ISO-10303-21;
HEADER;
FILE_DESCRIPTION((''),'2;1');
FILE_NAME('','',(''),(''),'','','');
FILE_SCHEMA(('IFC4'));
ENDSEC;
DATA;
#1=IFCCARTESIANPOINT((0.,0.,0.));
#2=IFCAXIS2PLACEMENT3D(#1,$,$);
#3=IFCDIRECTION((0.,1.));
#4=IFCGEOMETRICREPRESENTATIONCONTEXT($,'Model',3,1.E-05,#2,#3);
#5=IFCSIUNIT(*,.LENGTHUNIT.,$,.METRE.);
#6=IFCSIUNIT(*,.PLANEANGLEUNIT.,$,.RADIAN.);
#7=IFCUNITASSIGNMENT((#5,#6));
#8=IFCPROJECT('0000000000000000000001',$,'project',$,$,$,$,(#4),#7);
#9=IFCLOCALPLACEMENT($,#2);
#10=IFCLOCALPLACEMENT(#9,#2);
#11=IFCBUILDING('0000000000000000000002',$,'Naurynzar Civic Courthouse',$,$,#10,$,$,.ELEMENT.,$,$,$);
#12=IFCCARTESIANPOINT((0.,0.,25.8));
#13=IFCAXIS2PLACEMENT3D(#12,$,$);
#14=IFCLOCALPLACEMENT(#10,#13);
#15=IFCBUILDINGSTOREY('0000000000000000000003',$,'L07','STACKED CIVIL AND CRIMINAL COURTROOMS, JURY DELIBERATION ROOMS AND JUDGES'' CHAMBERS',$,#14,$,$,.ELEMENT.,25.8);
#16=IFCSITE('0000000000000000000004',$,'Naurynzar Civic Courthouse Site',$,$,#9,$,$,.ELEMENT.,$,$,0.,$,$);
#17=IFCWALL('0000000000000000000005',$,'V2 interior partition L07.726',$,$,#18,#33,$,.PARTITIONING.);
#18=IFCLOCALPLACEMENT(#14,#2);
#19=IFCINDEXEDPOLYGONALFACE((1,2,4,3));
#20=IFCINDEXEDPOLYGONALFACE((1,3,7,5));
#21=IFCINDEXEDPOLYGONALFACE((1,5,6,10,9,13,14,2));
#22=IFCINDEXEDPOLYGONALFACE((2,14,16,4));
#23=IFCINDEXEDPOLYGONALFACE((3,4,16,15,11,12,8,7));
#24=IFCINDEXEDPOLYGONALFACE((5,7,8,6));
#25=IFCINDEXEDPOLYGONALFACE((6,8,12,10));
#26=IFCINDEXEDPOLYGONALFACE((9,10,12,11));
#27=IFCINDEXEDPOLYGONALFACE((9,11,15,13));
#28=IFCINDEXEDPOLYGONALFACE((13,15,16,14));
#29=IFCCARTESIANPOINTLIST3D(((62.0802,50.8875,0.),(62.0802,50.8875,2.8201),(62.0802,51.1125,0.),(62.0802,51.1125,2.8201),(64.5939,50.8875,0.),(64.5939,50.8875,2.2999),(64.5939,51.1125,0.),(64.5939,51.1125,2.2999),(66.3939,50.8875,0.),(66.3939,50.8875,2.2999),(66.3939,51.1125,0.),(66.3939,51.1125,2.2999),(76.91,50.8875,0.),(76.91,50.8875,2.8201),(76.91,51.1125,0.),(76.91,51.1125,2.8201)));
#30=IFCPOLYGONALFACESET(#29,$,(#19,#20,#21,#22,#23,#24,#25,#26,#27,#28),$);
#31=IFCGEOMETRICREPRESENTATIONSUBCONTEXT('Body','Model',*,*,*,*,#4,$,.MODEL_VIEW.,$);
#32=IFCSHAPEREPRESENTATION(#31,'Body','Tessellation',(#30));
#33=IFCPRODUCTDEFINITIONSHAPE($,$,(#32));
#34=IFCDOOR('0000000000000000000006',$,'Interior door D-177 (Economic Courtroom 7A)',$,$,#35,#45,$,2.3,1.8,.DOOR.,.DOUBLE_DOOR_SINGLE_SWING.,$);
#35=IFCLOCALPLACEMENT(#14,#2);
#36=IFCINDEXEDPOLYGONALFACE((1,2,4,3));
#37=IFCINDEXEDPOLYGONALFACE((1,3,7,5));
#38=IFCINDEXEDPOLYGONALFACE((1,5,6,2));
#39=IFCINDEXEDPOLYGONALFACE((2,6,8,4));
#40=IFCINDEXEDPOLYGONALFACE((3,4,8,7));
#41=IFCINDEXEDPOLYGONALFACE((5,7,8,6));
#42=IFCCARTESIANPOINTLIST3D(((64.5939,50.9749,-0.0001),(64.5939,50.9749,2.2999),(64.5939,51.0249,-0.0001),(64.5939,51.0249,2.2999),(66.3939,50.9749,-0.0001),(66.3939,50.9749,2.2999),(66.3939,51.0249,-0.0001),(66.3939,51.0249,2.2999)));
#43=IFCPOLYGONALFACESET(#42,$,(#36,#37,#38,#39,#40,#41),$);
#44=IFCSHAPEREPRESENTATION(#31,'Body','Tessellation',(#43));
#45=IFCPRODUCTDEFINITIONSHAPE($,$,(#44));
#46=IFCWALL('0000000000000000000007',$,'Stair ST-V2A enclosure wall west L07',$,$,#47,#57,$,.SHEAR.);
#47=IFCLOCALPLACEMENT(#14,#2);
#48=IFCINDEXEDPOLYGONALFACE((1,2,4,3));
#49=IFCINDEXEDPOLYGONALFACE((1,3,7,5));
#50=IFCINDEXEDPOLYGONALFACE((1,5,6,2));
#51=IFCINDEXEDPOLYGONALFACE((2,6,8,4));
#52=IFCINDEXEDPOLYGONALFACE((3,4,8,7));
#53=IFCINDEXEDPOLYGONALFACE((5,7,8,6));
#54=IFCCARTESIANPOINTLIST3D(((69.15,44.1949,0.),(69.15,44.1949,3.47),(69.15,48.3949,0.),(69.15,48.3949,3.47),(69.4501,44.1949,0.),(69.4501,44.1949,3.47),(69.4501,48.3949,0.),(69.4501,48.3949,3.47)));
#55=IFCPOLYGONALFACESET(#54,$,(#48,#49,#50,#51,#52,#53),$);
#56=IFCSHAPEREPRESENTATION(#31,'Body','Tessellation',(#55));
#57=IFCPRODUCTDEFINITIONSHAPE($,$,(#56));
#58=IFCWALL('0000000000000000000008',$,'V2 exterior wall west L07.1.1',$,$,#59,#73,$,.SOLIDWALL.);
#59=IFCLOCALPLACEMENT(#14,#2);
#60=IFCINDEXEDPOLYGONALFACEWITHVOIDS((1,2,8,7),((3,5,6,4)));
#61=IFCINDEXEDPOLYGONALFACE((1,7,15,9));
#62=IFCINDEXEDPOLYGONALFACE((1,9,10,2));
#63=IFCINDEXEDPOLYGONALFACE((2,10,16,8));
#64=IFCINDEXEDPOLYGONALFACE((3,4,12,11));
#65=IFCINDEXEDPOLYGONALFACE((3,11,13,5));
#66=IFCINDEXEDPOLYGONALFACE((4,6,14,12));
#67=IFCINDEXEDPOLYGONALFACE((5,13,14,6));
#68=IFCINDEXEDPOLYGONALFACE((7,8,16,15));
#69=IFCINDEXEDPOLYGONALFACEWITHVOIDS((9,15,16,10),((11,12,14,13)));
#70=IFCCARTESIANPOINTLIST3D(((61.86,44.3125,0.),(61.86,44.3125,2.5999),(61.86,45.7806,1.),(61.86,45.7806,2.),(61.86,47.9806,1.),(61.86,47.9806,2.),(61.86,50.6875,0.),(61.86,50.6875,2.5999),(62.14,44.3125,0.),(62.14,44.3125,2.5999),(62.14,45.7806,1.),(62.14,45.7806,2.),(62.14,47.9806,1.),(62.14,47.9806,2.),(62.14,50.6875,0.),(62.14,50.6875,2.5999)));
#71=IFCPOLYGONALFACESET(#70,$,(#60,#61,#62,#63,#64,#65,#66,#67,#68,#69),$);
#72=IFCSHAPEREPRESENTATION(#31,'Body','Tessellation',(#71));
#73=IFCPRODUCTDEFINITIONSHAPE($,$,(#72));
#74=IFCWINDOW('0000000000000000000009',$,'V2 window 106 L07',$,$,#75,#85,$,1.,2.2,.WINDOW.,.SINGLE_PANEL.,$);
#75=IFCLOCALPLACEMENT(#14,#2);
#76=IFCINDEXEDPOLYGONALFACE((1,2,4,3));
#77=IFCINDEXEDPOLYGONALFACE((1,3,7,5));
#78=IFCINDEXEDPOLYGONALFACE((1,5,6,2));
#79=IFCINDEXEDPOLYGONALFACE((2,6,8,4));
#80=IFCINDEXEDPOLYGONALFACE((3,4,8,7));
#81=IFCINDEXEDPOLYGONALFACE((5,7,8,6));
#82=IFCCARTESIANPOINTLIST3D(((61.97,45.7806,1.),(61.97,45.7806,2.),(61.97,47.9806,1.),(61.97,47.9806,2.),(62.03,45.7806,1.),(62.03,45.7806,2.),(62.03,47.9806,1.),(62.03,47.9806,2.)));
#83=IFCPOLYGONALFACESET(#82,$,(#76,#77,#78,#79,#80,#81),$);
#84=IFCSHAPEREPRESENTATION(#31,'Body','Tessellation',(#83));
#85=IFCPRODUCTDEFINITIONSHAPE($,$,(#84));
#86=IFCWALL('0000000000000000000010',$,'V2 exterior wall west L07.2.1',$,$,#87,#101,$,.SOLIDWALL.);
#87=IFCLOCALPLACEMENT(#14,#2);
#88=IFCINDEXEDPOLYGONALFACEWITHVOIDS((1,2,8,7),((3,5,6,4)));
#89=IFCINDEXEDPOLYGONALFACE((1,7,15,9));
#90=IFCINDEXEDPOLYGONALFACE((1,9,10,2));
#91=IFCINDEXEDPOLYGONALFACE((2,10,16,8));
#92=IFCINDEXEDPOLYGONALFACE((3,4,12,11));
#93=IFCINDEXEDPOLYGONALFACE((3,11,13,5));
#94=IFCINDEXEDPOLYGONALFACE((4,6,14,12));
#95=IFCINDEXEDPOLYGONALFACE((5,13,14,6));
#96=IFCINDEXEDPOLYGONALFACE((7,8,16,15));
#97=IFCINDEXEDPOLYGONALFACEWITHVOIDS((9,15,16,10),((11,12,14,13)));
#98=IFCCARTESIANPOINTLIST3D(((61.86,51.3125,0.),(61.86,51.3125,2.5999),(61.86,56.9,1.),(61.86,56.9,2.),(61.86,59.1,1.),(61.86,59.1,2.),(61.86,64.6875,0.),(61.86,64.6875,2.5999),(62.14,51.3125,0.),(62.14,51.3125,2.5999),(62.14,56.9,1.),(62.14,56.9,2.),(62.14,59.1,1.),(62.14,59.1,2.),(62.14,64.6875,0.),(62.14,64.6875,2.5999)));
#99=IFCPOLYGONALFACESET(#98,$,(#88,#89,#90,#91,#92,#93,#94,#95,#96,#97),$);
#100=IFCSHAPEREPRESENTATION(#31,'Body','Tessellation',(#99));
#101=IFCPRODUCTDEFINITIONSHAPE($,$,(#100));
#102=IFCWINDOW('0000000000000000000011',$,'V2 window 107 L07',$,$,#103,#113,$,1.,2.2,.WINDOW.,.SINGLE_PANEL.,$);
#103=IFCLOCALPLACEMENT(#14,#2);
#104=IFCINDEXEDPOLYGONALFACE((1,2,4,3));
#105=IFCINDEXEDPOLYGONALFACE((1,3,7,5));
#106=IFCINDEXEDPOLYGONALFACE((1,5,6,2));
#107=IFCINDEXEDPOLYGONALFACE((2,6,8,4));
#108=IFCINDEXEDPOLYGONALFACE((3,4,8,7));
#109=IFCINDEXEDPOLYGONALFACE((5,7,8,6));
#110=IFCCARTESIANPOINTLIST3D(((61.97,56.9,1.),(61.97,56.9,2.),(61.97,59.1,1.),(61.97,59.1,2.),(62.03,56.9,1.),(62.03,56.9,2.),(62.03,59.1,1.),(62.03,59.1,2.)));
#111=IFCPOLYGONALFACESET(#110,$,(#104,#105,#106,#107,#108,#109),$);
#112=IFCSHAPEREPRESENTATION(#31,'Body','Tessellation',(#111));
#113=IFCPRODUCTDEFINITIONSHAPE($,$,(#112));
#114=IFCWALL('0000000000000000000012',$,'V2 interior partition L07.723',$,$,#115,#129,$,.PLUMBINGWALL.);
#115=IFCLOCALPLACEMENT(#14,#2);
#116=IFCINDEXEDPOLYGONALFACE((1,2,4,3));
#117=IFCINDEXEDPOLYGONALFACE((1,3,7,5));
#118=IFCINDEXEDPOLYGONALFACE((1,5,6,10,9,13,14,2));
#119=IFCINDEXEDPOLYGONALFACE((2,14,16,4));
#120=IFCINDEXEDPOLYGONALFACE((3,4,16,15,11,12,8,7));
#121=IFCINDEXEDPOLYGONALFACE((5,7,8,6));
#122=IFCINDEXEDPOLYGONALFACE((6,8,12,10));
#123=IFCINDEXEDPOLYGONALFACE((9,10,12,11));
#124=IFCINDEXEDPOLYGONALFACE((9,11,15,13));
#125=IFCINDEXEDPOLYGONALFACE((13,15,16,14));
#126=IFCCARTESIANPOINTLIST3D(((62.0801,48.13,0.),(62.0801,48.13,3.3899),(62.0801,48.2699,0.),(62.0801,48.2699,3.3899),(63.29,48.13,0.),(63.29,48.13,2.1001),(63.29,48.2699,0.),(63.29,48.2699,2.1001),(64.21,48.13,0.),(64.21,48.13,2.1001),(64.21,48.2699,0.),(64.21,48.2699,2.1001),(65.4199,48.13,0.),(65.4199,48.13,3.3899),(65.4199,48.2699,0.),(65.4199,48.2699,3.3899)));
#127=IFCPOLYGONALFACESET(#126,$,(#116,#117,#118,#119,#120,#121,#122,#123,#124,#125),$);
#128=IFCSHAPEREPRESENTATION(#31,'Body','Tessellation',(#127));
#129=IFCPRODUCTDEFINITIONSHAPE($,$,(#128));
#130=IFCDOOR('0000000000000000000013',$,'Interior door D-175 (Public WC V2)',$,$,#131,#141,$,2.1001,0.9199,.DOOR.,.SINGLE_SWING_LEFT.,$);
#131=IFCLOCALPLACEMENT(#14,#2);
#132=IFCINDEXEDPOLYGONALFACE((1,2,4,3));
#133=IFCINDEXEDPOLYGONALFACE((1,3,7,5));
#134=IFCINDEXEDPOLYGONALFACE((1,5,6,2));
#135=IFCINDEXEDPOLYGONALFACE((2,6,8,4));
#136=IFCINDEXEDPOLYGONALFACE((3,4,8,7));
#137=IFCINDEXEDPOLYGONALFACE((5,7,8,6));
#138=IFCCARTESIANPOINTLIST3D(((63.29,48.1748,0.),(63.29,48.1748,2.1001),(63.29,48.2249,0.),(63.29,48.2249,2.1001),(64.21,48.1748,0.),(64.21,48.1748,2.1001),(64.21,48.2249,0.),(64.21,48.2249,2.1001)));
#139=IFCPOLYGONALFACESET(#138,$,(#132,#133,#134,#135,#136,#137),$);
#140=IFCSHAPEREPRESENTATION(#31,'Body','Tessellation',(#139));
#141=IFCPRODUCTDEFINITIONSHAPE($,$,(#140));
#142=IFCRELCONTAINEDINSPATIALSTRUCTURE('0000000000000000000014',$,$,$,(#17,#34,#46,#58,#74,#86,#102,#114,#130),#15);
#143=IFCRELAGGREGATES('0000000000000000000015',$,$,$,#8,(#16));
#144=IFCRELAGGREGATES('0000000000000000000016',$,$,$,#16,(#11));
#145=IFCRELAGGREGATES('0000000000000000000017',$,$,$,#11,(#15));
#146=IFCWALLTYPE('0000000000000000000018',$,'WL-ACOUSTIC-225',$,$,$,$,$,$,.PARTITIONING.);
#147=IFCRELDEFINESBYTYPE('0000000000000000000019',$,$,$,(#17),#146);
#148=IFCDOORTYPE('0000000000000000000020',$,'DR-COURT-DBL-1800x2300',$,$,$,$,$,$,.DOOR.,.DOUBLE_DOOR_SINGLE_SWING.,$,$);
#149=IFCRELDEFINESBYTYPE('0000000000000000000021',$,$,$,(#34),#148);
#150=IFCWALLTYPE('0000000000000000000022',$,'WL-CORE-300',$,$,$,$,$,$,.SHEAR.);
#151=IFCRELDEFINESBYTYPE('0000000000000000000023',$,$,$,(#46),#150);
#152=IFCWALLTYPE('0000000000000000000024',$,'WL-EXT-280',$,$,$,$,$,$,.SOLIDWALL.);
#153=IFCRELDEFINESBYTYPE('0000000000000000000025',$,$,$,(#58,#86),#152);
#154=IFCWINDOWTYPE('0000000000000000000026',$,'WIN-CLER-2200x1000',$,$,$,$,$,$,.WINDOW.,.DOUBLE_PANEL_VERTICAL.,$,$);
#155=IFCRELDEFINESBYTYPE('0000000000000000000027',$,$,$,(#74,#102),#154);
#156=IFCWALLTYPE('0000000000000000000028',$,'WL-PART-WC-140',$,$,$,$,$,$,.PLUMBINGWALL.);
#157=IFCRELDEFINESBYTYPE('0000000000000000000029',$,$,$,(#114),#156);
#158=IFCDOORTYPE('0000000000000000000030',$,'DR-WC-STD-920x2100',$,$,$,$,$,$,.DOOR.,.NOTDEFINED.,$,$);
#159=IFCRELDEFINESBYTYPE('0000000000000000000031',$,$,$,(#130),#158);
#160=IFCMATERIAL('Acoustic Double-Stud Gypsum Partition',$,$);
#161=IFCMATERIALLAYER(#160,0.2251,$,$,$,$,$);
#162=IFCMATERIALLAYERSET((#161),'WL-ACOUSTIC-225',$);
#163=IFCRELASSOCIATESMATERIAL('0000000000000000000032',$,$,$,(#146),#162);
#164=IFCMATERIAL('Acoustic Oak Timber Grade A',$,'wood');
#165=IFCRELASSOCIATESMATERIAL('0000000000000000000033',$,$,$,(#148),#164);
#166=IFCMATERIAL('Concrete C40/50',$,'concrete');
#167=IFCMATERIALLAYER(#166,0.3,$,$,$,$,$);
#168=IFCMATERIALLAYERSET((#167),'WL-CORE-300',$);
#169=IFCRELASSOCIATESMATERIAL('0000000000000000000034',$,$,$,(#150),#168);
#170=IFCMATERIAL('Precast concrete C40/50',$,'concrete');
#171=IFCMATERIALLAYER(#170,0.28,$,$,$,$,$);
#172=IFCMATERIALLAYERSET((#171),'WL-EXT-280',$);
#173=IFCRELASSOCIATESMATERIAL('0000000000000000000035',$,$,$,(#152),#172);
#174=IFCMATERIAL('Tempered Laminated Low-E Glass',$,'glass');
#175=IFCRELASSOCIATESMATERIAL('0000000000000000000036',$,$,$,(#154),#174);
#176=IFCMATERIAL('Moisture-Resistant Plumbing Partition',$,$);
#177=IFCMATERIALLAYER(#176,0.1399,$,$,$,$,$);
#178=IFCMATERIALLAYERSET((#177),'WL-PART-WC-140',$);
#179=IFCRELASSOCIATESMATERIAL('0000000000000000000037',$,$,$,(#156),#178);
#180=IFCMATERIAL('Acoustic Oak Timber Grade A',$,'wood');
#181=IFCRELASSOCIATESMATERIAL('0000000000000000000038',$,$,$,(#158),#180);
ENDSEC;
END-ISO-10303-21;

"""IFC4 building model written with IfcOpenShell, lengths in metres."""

from ifc_helpers import new_model, si_unit, direction, frame, frame_2d, origin, place, context, subcontext, project, spatial, rectangle, extrude, material, layer, layer_set, type_object, element, fill, save


model = new_model("IFC4")

# Units and contexts
model_context = context("Model", 3, precision=1e-05, world=origin(), true_north=direction((0.0, 1.0)))
body_context = subcontext(model_context, "Body", "Model", "MODEL_VIEW")
ifc_project = project(units=[si_unit("LENGTHUNIT", "METRE"), si_unit("PLANEANGLEUNIT", "RADIAN")], contexts=[model_context])

# Site, building, storey
site_placement = place(None, origin())
site = spatial("IfcSite", under=ifc_project, at=site_placement, Name="Naurynzar Civic Courthouse Site", CompositionType="ELEMENT", RefElevation=0.0)
building_placement = place(site_placement, origin())
building = spatial("IfcBuilding", under=site, at=building_placement, Name="Naurynzar Civic Courthouse", CompositionType="ELEMENT")
storey_placement = place(building_placement, frame((0.0, 0.0, 25.8)))
storey = spatial("IfcBuildingStorey", under=building, at=storey_placement, Name="L07", Description="STACKED CIVIL AND CRIMINAL COURTROOMS, JURY DELIBERATION ROOMS AND JUDGES' CHAMBERS", CompositionType="ELEMENT", Elevation=25.8)

# Wall, opening, door
ifc_material_1 = material(Name="Acoustic Double-Stud Gypsum Partition")
ifc_layer_1 = layer(ifc_material_1, 0.2251)
ifc_layer_set_1 = layer_set([ifc_layer_1], Name="WL-ACOUSTIC-225")
wall_type_1 = type_object("IfcWallType", Name="WL-ACOUSTIC-225", PredefinedType="PARTITIONING", material=ifc_layer_set_1)
wall_1_placement = place(storey_placement, frame((62.0801, 51.0, 0.0), z_axis=(0.0, 0.0, 1.0), x_axis=(1.0, 0.0, 0.0)))
wall_1 = element("IfcWall", 1, at=wall_1_placement, inside=storey, type_object=wall_type_1, Name="V2 interior partition L07.726", PredefinedType="PARTITIONING", context=body_context, shape_type="SweptSolid", body=[
    extrude(rectangle(XDim=14.8298, YDim=0.2251, at=frame_2d((7.415, 0.0))), origin(), (0.0, 0.0, 1.0), 2.8201),
])
opening_1_placement = place(wall_1_placement, frame((2.5139, 0.0, 0.0)))
opening_1 = element("IfcOpeningElement", 2, at=opening_1_placement, cuts=wall_1, PredefinedType="OPENING", context=body_context, shape_type="SweptSolid", body=[
    extrude(rectangle(XDim=1.8, YDim=2.3, at=frame_2d((0.8999, 1.1499))), frame((0.0, 0.1226, 0.0), z_axis=(0.0, -1.0, 0.0), x_axis=(1.0, 0.0, 0.0)), (0.0, 0.0, 1.0), 0.2451),
])
ifc_material_2 = material(Name="Acoustic Oak Timber Grade A", Category="wood")
door_type_1 = type_object("IfcDoorType", Name="DR-COURT-DBL-1800x2300", OperationType="DOUBLE_DOOR_SINGLE_SWING", PredefinedType="DOOR", material=ifc_material_2)
door_1_placement = place(opening_1_placement, origin())
door_1 = element("IfcDoor", 3, at=door_1_placement, inside=storey, type_object=door_type_1, Name="Interior door D-177 (Economic Courtroom 7A)", OperationType="DOUBLE_DOOR_SINGLE_SWING", OverallHeight=2.3, OverallWidth=1.8, PredefinedType="DOOR", context=body_context, shape_type="SweptSolid", body=[
    extrude(rectangle(XDim=1.8, YDim=2.3, at=frame_2d((0.8999, 1.1499))), frame((0.0, 0.0249, 0.0), z_axis=(0.0, -1.0, 0.0), x_axis=(1.0, 0.0, 0.0)), (0.0, 0.0, 1.0), 0.05),
])
fill(opening_1, door_1)

# Wall
ifc_material_3 = material(Name="Concrete C40/50", Category="concrete")
ifc_layer_2 = layer(ifc_material_3, 0.3)
ifc_layer_set_2 = layer_set([ifc_layer_2], Name="WL-CORE-300")
wall_type_2 = type_object("IfcWallType", Name="WL-CORE-300", PredefinedType="SHEAR", material=ifc_layer_set_2)
wall_2_placement = place(storey_placement, frame((69.3, 48.395, 0.0), z_axis=(0.0, 0.0, 1.0), x_axis=(0.0, -1.0, 0.0)))
element("IfcWall", 4, at=wall_2_placement, inside=storey, type_object=wall_type_2, Name="Stair ST-V2A enclosure wall west L07", PredefinedType="SHEAR", context=body_context, shape_type="SweptSolid", body=[
    extrude(rectangle(XDim=4.2, YDim=0.3, at=frame_2d((2.1001, 0.0))), origin(), (0.0, 0.0, 1.0), 3.47),
])

# Walls, openings, windows
ifc_material_4 = material(Name="Precast concrete C40/50", Category="concrete")
ifc_layer_3 = layer(ifc_material_4, 0.28)
ifc_layer_set_3 = layer_set([ifc_layer_3], Name="WL-EXT-280")
wall_type_3 = type_object("IfcWallType", Name="WL-EXT-280", PredefinedType="SOLIDWALL", material=ifc_layer_set_3)
wall_3_placement = place(storey_placement, frame((62.0, 44.3125, 0.0), z_axis=(0.0, 0.0, 1.0), x_axis=(0.0, 1.0, 0.0)))
wall_3 = element("IfcWall", 5, at=wall_3_placement, inside=storey, type_object=wall_type_3, Name="V2 exterior wall west L07.1.1", PredefinedType="SOLIDWALL", context=body_context, shape_type="SweptSolid", body=[
    extrude(rectangle(XDim=6.375, YDim=0.28, at=frame_2d((3.1875, 0.0))), origin(), (0.0, 0.0, 1.0), 2.5999),
])
opening_2_placement = place(wall_3_placement, frame((1.468, 0.0, 1.0)))
opening_2 = element("IfcOpeningElement", 6, at=opening_2_placement, cuts=wall_3, PredefinedType="OPENING", context=body_context, shape_type="SweptSolid", body=[
    extrude(rectangle(XDim=2.2, YDim=1.0, at=frame_2d((1.1001, 0.5))), frame((0.0, 0.1499, 0.0), z_axis=(0.0, -1.0, 0.0), x_axis=(1.0, 0.0, 0.0)), (0.0, 0.0, 1.0), 0.3),
])
ifc_material_5 = material(Name="Tempered Laminated Low-E Glass", Category="glass")
window_type = type_object("IfcWindowType", Name="WIN-CLER-2200x1000", PartitioningType="DOUBLE_PANEL_VERTICAL", PredefinedType="WINDOW", material=ifc_material_5)
window_1_placement = place(opening_2_placement, origin())
window_1 = element("IfcWindow", 7, at=window_1_placement, inside=storey, type_object=window_type, Name="V2 window 106 L07", OverallHeight=1.0, OverallWidth=2.2, PartitioningType="SINGLE_PANEL", PredefinedType="WINDOW", context=body_context, shape_type="SweptSolid", body=[
    extrude(rectangle(XDim=2.2, YDim=1.0, at=frame_2d((1.1001, 0.5))), frame((0.0, 0.03, 0.0), z_axis=(0.0, -1.0, 0.0), x_axis=(1.0, 0.0, 0.0)), (0.0, 0.0, 1.0), 0.0601),
])
fill(opening_2, window_1)
wall_4_placement = place(storey_placement, frame((62.0, 51.3125, 0.0), z_axis=(0.0, 0.0, 1.0), x_axis=(0.0, 1.0, 0.0)))
wall_4 = element("IfcWall", 8, at=wall_4_placement, inside=storey, type_object=wall_type_3, Name="V2 exterior wall west L07.2.1", PredefinedType="SOLIDWALL", context=body_context, shape_type="SweptSolid", body=[
    extrude(rectangle(XDim=13.375, YDim=0.28, at=frame_2d((6.6875, 0.0))), origin(), (0.0, 0.0, 1.0), 2.5999),
])
opening_3_placement = place(wall_4_placement, frame((5.5874, 0.0, 1.0)))
opening_3 = element("IfcOpeningElement", 9, at=opening_3_placement, cuts=wall_4, PredefinedType="OPENING", context=body_context, shape_type="SweptSolid", body=[
    extrude(rectangle(XDim=2.2, YDim=1.0, at=frame_2d((1.1001, 0.5))), frame((0.0, 0.1499, 0.0), z_axis=(0.0, -1.0, 0.0), x_axis=(1.0, 0.0, 0.0)), (0.0, 0.0, 1.0), 0.3),
])
window_2_placement = place(opening_3_placement, origin())
window_2 = element("IfcWindow", 10, at=window_2_placement, inside=storey, type_object=window_type, Name="V2 window 107 L07", OverallHeight=1.0, OverallWidth=2.2, PartitioningType="SINGLE_PANEL", PredefinedType="WINDOW", context=body_context, shape_type="SweptSolid", body=[
    extrude(rectangle(XDim=2.2, YDim=1.0, at=frame_2d((1.1001, 0.5))), frame((0.0, 0.03, 0.0), z_axis=(0.0, -1.0, 0.0), x_axis=(1.0, 0.0, 0.0)), (0.0, 0.0, 1.0), 0.0601),
])
fill(opening_3, window_2)

# Wall, opening, door
ifc_material_6 = material(Name="Moisture-Resistant Plumbing Partition")
ifc_layer_4 = layer(ifc_material_6, 0.1399)
ifc_layer_set_4 = layer_set([ifc_layer_4], Name="WL-PART-WC-140")
wall_type_4 = type_object("IfcWallType", Name="WL-PART-WC-140", PredefinedType="PLUMBINGWALL", material=ifc_layer_set_4)
wall_5_placement = place(storey_placement, frame((62.0801, 48.2, 0.0), z_axis=(0.0, 0.0, 1.0), x_axis=(1.0, 0.0, 0.0)))
wall_5 = element("IfcWall", 11, at=wall_5_placement, inside=storey, type_object=wall_type_4, Name="V2 interior partition L07.723", PredefinedType="PLUMBINGWALL", context=body_context, shape_type="SweptSolid", body=[
    extrude(rectangle(XDim=3.3398, YDim=0.1399, at=frame_2d((1.6699, 0.0))), origin(), (0.0, 0.0, 1.0), 3.3899),
])
opening_4_placement = place(wall_5_placement, frame((1.21, 0.0, 0.0)))
opening_4 = element("IfcOpeningElement", 12, at=opening_4_placement, cuts=wall_5, PredefinedType="OPENING", context=body_context, shape_type="SweptSolid", body=[
    extrude(rectangle(XDim=0.9199, YDim=2.1001, at=frame_2d((0.46, 1.05))), frame((0.0, 0.0798, 0.0), z_axis=(0.0, -1.0, 0.0), x_axis=(1.0, 0.0, 0.0)), (0.0, 0.0, 1.0), 0.1599),
])
ifc_material_7 = material(Name="Acoustic Oak Timber Grade A", Category="wood")
door_type_2 = type_object("IfcDoorType", Name="DR-WC-STD-920x2100", OperationType="NOTDEFINED", PredefinedType="DOOR", material=ifc_material_7)
door_2_placement = place(opening_4_placement, origin())
door_2 = element("IfcDoor", 13, at=door_2_placement, inside=storey, type_object=door_type_2, Name="Interior door D-175 (Public WC V2)", OperationType="SINGLE_SWING_LEFT", OverallHeight=2.1001, OverallWidth=0.9199, PredefinedType="DOOR", context=body_context, shape_type="SweptSolid", body=[
    extrude(rectangle(XDim=0.9199, YDim=2.1001, at=frame_2d((0.46, 1.05))), frame((0.0, 0.0249, 0.0), z_axis=(0.0, -1.0, 0.0), x_axis=(1.0, 0.0, 0.0)), (0.0, 0.0, 1.0), 0.05),
])
fill(opening_4, door_2)

save(model, "model.ifc")
